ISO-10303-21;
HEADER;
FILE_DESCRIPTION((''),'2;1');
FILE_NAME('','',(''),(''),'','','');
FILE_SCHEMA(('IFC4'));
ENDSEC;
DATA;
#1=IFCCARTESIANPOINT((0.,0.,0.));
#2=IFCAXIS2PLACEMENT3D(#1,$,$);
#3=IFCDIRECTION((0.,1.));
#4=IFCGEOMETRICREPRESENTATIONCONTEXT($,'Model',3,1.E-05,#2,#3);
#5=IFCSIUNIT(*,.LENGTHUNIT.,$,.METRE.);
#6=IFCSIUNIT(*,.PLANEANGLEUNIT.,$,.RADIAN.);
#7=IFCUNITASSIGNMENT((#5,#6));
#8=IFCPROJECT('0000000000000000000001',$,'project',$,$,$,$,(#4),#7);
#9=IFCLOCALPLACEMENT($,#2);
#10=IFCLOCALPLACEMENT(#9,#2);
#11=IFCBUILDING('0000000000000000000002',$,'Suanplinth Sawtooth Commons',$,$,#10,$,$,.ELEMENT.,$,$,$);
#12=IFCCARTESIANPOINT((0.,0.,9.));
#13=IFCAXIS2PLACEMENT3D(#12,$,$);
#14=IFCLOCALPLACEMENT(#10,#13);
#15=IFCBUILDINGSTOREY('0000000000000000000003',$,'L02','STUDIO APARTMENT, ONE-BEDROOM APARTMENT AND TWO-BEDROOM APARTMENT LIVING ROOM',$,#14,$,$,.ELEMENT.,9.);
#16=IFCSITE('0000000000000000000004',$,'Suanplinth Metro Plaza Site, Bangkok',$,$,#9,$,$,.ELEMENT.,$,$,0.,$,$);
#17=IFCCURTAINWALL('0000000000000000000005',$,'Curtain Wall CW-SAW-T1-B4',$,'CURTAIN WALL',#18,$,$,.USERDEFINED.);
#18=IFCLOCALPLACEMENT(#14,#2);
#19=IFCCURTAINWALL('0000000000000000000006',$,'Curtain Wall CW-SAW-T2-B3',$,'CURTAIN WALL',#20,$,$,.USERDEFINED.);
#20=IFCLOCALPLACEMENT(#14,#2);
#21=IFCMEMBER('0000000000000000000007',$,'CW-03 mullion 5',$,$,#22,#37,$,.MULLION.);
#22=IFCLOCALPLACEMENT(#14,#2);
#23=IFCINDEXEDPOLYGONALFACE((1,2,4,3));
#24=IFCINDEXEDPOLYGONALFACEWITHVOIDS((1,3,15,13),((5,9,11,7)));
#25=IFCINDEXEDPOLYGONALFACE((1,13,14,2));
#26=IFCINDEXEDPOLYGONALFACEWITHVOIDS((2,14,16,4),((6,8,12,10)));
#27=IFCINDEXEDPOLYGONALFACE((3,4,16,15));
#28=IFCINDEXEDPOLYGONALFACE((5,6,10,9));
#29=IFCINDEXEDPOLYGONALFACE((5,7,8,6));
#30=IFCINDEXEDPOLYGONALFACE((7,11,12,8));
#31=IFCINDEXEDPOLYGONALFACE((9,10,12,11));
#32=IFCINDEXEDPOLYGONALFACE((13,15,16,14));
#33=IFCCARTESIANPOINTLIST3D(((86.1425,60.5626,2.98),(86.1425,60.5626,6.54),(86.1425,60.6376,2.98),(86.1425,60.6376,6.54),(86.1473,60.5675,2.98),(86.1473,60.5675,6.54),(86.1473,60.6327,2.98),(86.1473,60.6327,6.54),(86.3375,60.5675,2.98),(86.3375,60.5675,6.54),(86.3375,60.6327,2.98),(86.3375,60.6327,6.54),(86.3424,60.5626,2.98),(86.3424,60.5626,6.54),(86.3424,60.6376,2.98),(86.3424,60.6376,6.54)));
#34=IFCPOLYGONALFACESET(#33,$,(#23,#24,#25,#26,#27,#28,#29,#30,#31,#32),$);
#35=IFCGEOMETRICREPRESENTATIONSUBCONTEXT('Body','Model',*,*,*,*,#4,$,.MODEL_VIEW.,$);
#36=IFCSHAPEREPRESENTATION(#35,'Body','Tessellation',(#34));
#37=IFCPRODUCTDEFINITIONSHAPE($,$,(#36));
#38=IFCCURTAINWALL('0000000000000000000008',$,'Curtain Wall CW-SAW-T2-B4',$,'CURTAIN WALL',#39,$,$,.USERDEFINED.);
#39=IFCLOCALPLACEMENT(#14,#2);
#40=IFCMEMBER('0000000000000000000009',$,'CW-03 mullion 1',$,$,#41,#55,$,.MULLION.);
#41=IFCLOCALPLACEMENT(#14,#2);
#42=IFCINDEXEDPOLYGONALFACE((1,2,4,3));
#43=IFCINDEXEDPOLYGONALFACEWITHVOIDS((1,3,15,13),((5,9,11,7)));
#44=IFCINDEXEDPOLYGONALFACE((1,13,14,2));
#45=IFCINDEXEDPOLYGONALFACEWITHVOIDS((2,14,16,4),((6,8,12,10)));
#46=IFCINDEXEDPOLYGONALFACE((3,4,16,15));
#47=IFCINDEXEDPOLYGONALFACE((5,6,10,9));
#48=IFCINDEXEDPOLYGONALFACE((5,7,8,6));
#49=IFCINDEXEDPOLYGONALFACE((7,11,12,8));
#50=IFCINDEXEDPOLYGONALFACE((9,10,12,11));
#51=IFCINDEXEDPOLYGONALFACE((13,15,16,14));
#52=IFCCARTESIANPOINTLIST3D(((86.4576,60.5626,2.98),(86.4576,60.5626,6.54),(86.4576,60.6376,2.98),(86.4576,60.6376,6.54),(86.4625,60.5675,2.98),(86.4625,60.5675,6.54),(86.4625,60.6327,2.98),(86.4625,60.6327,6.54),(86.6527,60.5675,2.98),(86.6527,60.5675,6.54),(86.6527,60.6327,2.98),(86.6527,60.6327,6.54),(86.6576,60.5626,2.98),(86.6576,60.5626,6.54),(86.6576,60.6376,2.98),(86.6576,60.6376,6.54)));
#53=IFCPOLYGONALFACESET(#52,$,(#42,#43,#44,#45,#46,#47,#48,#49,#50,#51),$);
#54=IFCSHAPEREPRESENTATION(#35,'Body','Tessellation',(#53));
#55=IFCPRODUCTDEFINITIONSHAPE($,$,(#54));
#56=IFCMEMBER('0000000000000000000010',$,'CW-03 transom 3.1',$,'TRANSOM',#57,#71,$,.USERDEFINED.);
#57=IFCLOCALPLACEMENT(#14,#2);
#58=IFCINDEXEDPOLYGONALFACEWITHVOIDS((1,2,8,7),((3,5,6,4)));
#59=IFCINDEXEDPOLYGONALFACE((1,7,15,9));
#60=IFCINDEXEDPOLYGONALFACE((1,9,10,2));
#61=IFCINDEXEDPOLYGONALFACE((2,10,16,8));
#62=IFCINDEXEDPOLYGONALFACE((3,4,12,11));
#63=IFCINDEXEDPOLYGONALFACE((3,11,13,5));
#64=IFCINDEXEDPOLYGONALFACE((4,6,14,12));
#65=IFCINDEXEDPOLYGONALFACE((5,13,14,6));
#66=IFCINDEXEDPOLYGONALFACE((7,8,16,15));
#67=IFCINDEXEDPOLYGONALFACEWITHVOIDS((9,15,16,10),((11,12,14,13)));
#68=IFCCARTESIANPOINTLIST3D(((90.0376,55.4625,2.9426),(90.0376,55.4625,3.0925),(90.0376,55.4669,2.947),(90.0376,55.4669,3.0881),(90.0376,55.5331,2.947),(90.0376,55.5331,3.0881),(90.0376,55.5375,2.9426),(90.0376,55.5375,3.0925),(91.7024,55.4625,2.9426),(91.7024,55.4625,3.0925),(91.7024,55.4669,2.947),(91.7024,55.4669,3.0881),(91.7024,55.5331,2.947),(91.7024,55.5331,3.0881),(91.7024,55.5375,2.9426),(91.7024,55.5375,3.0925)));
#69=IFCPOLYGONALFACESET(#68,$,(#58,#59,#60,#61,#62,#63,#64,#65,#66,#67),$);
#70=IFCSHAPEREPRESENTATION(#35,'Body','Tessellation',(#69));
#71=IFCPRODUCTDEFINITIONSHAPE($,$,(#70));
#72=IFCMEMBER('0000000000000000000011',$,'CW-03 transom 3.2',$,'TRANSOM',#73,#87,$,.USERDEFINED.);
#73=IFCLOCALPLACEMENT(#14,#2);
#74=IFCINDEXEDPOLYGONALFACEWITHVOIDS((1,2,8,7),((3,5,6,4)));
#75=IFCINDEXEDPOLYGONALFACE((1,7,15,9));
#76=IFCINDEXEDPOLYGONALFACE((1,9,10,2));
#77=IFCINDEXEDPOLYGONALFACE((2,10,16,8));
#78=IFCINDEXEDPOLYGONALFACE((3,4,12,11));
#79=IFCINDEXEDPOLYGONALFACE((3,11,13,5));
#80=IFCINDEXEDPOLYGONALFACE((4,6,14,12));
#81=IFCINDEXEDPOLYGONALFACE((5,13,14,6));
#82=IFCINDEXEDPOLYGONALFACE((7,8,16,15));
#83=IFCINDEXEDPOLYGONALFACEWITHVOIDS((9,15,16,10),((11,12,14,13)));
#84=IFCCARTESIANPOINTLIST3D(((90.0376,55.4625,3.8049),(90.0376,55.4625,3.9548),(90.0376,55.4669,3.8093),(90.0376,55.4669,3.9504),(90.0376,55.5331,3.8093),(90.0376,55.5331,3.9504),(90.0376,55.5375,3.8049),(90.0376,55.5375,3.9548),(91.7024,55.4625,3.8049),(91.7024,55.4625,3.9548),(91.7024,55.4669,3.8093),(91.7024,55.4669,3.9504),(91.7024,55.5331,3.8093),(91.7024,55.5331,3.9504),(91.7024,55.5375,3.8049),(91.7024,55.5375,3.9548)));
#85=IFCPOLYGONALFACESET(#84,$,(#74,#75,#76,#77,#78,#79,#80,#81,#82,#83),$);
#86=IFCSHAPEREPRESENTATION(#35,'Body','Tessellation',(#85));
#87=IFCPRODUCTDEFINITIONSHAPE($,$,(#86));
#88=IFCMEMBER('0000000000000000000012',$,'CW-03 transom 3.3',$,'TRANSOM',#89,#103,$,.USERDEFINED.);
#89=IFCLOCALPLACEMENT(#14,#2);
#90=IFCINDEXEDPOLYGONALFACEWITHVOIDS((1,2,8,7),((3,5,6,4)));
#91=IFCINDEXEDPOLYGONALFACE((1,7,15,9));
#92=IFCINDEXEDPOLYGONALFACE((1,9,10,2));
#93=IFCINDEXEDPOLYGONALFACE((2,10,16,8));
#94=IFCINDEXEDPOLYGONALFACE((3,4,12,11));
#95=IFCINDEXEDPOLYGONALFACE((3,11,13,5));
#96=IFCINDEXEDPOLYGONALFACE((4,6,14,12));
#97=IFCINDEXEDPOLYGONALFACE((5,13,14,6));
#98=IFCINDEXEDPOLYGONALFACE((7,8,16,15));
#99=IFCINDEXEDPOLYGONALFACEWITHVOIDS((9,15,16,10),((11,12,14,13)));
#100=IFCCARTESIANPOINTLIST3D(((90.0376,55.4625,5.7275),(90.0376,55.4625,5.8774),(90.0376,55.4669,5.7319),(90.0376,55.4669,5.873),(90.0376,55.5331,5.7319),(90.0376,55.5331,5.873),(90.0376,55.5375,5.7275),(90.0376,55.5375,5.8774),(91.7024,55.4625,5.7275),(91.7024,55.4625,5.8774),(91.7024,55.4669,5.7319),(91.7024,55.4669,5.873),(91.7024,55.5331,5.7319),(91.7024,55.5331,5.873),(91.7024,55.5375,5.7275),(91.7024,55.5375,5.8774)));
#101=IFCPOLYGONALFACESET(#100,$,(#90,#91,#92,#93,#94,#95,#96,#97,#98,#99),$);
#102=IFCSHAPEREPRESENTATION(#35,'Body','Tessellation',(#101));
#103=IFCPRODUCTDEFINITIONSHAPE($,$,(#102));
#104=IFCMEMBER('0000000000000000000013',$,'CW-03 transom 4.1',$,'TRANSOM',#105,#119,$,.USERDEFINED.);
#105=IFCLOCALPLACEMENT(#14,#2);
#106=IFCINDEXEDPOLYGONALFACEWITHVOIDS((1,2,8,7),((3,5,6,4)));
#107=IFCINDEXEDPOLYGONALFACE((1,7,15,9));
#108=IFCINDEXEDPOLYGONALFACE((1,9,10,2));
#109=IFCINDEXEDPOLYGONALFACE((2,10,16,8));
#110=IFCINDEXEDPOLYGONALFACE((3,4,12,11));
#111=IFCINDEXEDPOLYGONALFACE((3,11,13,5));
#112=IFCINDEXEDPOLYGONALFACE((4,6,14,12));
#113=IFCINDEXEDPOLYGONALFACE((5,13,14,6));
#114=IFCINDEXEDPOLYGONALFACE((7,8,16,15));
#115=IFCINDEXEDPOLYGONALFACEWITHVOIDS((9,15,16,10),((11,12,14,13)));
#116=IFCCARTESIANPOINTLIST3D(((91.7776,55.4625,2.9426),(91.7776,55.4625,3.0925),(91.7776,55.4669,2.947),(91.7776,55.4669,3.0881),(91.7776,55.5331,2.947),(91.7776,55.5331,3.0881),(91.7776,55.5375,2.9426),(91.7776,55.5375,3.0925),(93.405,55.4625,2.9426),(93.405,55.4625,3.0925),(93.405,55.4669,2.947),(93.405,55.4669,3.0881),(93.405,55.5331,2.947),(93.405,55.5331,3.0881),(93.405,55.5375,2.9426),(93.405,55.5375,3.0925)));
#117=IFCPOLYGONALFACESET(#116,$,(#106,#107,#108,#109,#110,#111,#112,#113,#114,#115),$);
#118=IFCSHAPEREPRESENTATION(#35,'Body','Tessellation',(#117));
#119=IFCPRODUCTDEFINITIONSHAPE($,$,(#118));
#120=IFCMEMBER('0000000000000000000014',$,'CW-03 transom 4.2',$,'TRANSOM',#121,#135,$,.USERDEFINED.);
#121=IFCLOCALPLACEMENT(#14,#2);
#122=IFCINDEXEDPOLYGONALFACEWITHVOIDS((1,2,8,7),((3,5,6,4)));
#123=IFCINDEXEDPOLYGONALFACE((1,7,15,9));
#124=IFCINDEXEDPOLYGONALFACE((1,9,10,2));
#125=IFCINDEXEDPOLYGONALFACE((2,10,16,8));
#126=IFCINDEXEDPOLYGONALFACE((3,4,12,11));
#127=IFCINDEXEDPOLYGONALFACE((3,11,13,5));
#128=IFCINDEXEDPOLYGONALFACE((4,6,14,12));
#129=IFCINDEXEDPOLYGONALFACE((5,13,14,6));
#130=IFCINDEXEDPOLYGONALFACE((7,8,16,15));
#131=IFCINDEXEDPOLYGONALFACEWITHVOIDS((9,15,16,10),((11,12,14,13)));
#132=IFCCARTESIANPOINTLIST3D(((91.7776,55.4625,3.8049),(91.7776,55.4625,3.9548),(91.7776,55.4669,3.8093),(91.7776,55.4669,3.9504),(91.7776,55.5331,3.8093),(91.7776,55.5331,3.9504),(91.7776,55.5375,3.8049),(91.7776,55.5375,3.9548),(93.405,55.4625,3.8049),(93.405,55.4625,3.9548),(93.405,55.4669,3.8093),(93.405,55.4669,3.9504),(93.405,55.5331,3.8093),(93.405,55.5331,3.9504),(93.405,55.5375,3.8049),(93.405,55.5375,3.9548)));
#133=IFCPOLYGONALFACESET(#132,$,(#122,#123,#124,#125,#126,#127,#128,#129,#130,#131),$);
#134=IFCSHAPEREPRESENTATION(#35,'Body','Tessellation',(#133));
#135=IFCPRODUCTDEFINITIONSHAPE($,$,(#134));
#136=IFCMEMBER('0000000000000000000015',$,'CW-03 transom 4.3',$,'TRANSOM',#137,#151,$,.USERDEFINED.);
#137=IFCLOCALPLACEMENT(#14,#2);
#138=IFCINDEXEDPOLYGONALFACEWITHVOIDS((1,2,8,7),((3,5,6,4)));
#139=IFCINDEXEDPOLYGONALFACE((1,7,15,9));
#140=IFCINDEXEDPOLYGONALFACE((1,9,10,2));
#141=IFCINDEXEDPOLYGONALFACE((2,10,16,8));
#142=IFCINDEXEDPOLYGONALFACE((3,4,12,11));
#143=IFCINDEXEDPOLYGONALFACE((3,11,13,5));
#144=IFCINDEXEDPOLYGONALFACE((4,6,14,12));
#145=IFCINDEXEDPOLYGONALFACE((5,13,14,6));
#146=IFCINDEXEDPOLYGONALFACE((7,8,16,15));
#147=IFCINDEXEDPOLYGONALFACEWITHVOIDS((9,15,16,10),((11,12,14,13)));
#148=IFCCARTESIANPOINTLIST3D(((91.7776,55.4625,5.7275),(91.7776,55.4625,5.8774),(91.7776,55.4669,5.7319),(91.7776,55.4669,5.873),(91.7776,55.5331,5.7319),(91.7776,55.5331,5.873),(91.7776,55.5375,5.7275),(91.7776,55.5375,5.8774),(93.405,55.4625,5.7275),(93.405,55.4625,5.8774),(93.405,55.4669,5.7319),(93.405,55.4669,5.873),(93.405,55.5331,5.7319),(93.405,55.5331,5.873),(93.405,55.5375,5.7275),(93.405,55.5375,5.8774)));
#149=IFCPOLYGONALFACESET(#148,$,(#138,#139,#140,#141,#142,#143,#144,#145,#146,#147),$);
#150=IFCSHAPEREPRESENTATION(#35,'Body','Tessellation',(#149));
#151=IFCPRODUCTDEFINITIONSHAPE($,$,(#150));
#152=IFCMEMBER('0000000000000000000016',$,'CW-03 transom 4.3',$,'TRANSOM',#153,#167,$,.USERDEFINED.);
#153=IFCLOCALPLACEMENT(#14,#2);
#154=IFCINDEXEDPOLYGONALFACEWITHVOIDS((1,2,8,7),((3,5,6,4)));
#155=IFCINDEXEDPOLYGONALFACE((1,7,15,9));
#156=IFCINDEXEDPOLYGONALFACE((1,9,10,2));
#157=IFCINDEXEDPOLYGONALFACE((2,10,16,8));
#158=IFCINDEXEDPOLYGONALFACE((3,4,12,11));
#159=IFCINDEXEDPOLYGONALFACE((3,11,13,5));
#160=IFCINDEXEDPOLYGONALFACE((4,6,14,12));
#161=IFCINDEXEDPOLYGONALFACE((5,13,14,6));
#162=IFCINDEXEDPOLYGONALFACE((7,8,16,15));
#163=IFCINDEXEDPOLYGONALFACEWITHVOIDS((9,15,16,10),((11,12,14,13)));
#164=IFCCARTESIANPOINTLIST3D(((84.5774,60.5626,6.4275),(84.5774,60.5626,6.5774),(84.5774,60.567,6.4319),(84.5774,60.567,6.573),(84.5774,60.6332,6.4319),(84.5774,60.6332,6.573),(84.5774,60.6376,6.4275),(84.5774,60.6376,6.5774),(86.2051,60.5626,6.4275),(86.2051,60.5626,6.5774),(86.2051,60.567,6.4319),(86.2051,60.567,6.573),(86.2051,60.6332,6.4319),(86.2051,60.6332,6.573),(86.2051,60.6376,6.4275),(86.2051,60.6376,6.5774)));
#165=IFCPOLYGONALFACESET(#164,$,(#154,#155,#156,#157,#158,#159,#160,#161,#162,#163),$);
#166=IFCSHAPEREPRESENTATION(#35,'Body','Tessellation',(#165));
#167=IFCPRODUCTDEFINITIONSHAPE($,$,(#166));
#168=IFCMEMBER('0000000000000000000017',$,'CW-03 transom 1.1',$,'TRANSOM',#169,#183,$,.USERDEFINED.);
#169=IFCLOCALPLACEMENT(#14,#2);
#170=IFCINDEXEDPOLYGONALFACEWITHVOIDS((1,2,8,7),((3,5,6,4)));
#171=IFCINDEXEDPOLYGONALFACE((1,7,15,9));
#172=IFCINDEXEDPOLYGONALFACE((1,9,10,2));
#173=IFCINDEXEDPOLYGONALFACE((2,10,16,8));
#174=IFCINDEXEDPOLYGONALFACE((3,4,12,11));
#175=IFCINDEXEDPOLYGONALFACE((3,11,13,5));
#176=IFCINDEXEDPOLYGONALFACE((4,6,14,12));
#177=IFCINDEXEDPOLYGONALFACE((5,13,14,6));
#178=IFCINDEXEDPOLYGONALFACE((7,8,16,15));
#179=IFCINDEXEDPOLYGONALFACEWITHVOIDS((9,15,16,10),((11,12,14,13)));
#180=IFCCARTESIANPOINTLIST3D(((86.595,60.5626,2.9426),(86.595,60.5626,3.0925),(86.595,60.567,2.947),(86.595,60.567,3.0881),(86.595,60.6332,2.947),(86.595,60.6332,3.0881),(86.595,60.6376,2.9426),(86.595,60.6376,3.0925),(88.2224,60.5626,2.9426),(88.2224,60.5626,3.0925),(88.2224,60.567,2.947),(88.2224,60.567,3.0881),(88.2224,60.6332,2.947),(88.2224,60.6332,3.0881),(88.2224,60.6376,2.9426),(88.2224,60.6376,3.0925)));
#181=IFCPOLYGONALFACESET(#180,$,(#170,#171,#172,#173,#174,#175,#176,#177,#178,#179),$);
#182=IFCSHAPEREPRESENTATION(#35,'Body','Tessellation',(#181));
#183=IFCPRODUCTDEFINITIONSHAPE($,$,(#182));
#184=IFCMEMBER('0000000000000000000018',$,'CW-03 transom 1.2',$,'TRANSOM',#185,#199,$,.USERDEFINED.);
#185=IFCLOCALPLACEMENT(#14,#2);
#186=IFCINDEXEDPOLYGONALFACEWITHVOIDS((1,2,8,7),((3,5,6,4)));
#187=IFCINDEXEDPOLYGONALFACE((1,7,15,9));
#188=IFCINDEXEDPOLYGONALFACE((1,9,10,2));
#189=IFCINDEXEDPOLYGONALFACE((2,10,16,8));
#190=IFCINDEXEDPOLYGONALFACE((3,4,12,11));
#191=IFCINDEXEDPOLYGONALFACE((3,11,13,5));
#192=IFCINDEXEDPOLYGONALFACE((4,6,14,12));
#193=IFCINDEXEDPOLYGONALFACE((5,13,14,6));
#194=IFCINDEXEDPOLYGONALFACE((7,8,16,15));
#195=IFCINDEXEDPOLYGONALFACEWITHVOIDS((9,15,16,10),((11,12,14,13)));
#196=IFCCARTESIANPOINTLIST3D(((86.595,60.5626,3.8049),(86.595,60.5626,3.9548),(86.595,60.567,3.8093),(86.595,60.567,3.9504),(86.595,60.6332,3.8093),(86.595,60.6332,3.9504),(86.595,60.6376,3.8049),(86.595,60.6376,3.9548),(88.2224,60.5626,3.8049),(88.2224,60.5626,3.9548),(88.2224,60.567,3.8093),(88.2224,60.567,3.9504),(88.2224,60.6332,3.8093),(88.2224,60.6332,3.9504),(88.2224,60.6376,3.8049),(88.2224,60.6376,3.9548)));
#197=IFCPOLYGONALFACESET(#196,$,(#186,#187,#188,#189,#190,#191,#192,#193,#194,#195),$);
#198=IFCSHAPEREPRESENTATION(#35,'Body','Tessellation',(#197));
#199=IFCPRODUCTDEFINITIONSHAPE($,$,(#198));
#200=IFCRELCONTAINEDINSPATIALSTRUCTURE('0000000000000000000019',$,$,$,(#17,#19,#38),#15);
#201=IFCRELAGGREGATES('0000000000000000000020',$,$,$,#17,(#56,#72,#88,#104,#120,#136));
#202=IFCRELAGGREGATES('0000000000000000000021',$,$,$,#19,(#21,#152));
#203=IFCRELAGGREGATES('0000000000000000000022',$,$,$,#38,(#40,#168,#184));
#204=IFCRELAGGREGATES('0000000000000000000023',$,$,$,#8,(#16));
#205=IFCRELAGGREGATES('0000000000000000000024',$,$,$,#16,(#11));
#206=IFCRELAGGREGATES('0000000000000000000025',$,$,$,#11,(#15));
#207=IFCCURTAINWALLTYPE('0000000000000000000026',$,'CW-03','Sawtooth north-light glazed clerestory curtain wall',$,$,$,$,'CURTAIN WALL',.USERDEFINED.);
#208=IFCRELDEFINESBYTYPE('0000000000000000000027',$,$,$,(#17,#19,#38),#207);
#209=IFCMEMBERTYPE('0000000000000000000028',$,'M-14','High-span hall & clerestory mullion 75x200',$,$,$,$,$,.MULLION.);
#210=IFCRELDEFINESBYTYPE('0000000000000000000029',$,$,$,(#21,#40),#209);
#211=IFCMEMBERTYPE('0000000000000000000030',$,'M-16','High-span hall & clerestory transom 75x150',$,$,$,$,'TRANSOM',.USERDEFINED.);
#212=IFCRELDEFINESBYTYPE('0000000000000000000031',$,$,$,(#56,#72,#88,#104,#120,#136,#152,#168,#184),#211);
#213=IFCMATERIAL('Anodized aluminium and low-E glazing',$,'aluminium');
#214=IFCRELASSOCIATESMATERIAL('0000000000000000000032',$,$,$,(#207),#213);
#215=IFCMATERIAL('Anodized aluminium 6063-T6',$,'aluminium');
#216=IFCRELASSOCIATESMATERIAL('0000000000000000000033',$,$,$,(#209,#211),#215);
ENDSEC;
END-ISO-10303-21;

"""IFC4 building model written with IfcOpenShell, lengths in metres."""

from ifc_helpers import new_model, si_unit, direction, frame, origin, origin_2d, place, context, subcontext, project, spatial, hollow_rectangle, extrude, material, material_profile, profile_set, type_object, element, aggregate, save


model = new_model("IFC4")

# Units and contexts
model_context = context("Model", 3, precision=1e-05, world=origin(), true_north=direction((0.0, 1.0)))
body_context = subcontext(model_context, "Body", "Model", "MODEL_VIEW")
ifc_project = project(units=[si_unit("LENGTHUNIT", "METRE"), si_unit("PLANEANGLEUNIT", "RADIAN")], contexts=[model_context])

# Site, building, storey
site_placement = place(None, origin())
site = spatial("IfcSite", under=ifc_project, at=site_placement, Name="Suanplinth Metro Plaza Site, Bangkok", CompositionType="ELEMENT", RefElevation=0.0)
building_placement = place(site_placement, origin())
building = spatial("IfcBuilding", under=site, at=building_placement, Name="Suanplinth Sawtooth Commons", CompositionType="ELEMENT")
storey_placement = place(building_placement, frame((0.0, 0.0, 9.0)))
storey = spatial("IfcBuildingStorey", under=building, at=storey_placement, Name="L02", Description="STUDIO APARTMENT, ONE-BEDROOM APARTMENT AND TWO-BEDROOM APARTMENT LIVING ROOM", CompositionType="ELEMENT", Elevation=9.0)

# Curtain walls, members
ifc_material_1 = material(Name="Anodized aluminium and low-E glazing", Category="aluminium")
curtain_wall_type = type_object("IfcCurtainWallType", Name="CW-03", Description="Sawtooth north-light glazed clerestory curtain wall", ElementType="CURTAIN WALL", PredefinedType="USERDEFINED", material=ifc_material_1)
curtain_wall_1_placement = place(storey_placement, origin())
curtain_wall_1 = element("IfcCurtainWall", 1, at=curtain_wall_1_placement, inside=storey, type_object=curtain_wall_type, Name="Curtain Wall CW-SAW-T1-B4", ObjectType="CURTAIN WALL", PredefinedType="USERDEFINED")
ifc_material_2 = material(Name="Anodized aluminium 6063-T6", Category="aluminium")
ifc_material_profile_1 = material_profile(ifc_material_2, hollow_rectangle(XDim=0.075, YDim=0.2, WallThickness=0.0049, at=origin_2d()), Name="ALU-MUL 75x200")
ifc_profile_set_1 = profile_set([ifc_material_profile_1], Name="Anodized aluminium 6063-T6")
member_type_1 = type_object("IfcMemberType", Name="M-14", Description="High-span hall & clerestory mullion 75x200", PredefinedType="MULLION", material=ifc_profile_set_1)
curtain_wall_2_placement = place(storey_placement, origin())
curtain_wall_2 = element("IfcCurtainWall", 2, at=curtain_wall_2_placement, inside=storey, type_object=curtain_wall_type, Name="Curtain Wall CW-SAW-T2-B3", ObjectType="CURTAIN WALL", PredefinedType="USERDEFINED")
member_1_placement = place(storey_placement, frame((86.2424, 60.6001, 2.98), z_axis=(0.0, 0.0, 1.0), x_axis=(0.0, 1.0, 0.0)))
member_1 = element("IfcMember", 3, at=member_1_placement, type_object=member_type_1, Name="CW-03 mullion 5", PredefinedType="MULLION", context=body_context, shape_type="SweptSolid", body=[
    extrude(hollow_rectangle(XDim=0.075, YDim=0.2, WallThickness=0.0049, at=origin_2d()), origin(), (0.0, 0.0, 1.0), 3.5601),
])
curtain_wall_3_placement = place(storey_placement, origin())
curtain_wall_3 = element("IfcCurtainWall", 4, at=curtain_wall_3_placement, inside=storey, type_object=curtain_wall_type, Name="Curtain Wall CW-SAW-T2-B4", ObjectType="CURTAIN WALL", PredefinedType="USERDEFINED")
member_2_placement = place(storey_placement, frame((86.5576, 60.6001, 2.98), z_axis=(0.0, 0.0, 1.0), x_axis=(0.0, 1.0, 0.0)))
member_2 = element("IfcMember", 5, at=member_2_placement, type_object=member_type_1, Name="CW-03 mullion 1", PredefinedType="MULLION", context=body_context, shape_type="SweptSolid", body=[
    extrude(hollow_rectangle(XDim=0.075, YDim=0.2, WallThickness=0.0049, at=origin_2d()), origin(), (0.0, 0.0, 1.0), 3.5601),
])

# Members
ifc_material_profile_2 = material_profile(ifc_material_2, hollow_rectangle(XDim=0.075, YDim=0.1499, WallThickness=0.0044, at=origin_2d()), Name="ALU-TRN 75x150")
ifc_profile_set_2 = profile_set([ifc_material_profile_2], Name="Anodized aluminium 6063-T6")
member_type_2 = type_object("IfcMemberType", Name="M-16", Description="High-span hall & clerestory transom 75x150", ElementType="TRANSOM", PredefinedType="USERDEFINED", material=ifc_profile_set_2)
member_3_placement = place(storey_placement, frame((90.0376, 55.5, 3.0176), z_axis=(1.0, 0.0, 0.0), x_axis=(0.0, 1.0, 0.0)))
member_3 = element("IfcMember", 6, at=member_3_placement, type_object=member_type_2, Name="CW-03 transom 3.1", ObjectType="TRANSOM", PredefinedType="USERDEFINED", context=body_context, shape_type="SweptSolid", body=[
    extrude(hollow_rectangle(XDim=0.075, YDim=0.1499, WallThickness=0.0044, at=origin_2d()), origin(), (0.0, 0.0, 1.0), 1.6648),
])
member_4_placement = place(storey_placement, frame((90.0376, 55.5, 3.8799), z_axis=(1.0, 0.0, 0.0), x_axis=(0.0, 1.0, 0.0)))
member_4 = element("IfcMember", 7, at=member_4_placement, type_object=member_type_2, Name="CW-03 transom 3.2", ObjectType="TRANSOM", PredefinedType="USERDEFINED", context=body_context, shape_type="SweptSolid", body=[
    extrude(hollow_rectangle(XDim=0.075, YDim=0.1499, WallThickness=0.0044, at=origin_2d()), origin(), (0.0, 0.0, 1.0), 1.6648),
])
member_5_placement = place(storey_placement, frame((90.0376, 55.5, 5.8025), z_axis=(1.0, 0.0, 0.0), x_axis=(0.0, 1.0, 0.0)))
member_5 = element("IfcMember", 8, at=member_5_placement, type_object=member_type_2, Name="CW-03 transom 3.3", ObjectType="TRANSOM", PredefinedType="USERDEFINED", context=body_context, shape_type="SweptSolid", body=[
    extrude(hollow_rectangle(XDim=0.075, YDim=0.1499, WallThickness=0.0044, at=origin_2d()), origin(), (0.0, 0.0, 1.0), 1.6648),
])
member_6_placement = place(storey_placement, frame((91.7776, 55.5, 3.0176), z_axis=(1.0, 0.0, 0.0), x_axis=(0.0, 1.0, 0.0)))
member_6 = element("IfcMember", 9, at=member_6_placement, type_object=member_type_2, Name="CW-03 transom 4.1", ObjectType="TRANSOM", PredefinedType="USERDEFINED", context=body_context, shape_type="SweptSolid", body=[
    extrude(hollow_rectangle(XDim=0.075, YDim=0.1499, WallThickness=0.0044, at=origin_2d()), origin(), (0.0, 0.0, 1.0), 1.6274),
])
member_7_placement = place(storey_placement, frame((91.7776, 55.5, 3.8799), z_axis=(1.0, 0.0, 0.0), x_axis=(0.0, 1.0, 0.0)))
member_7 = element("IfcMember", 10, at=member_7_placement, type_object=member_type_2, Name="CW-03 transom 4.2", ObjectType="TRANSOM", PredefinedType="USERDEFINED", context=body_context, shape_type="SweptSolid", body=[
    extrude(hollow_rectangle(XDim=0.075, YDim=0.1499, WallThickness=0.0044, at=origin_2d()), origin(), (0.0, 0.0, 1.0), 1.6274),
])
member_8_placement = place(storey_placement, frame((91.7776, 55.5, 5.8025), z_axis=(1.0, 0.0, 0.0), x_axis=(0.0, 1.0, 0.0)))
member_8 = element("IfcMember", 11, at=member_8_placement, type_object=member_type_2, Name="CW-03 transom 4.3", ObjectType="TRANSOM", PredefinedType="USERDEFINED", context=body_context, shape_type="SweptSolid", body=[
    extrude(hollow_rectangle(XDim=0.075, YDim=0.1499, WallThickness=0.0044, at=origin_2d()), origin(), (0.0, 0.0, 1.0), 1.6274),
])
member_9_placement = place(storey_placement, frame((84.5774, 60.6001, 6.5024), z_axis=(1.0, 0.0, 0.0), x_axis=(0.0, 1.0, 0.0)))
member_9 = element("IfcMember", 12, at=member_9_placement, type_object=member_type_2, Name="CW-03 transom 4.3", ObjectType="TRANSOM", PredefinedType="USERDEFINED", context=body_context, shape_type="SweptSolid", body=[
    extrude(hollow_rectangle(XDim=0.075, YDim=0.1499, WallThickness=0.0044, at=origin_2d()), origin(), (0.0, 0.0, 1.0), 1.6277),
])
member_10_placement = place(storey_placement, frame((86.595, 60.6001, 3.0176), z_axis=(1.0, 0.0, 0.0), x_axis=(0.0, 1.0, 0.0)))
member_10 = element("IfcMember", 13, at=member_10_placement, type_object=member_type_2, Name="CW-03 transom 1.1", ObjectType="TRANSOM", PredefinedType="USERDEFINED", context=body_context, shape_type="SweptSolid", body=[
    extrude(hollow_rectangle(XDim=0.075, YDim=0.1499, WallThickness=0.0044, at=origin_2d()), origin(), (0.0, 0.0, 1.0), 1.6274),
])
member_11_placement = place(storey_placement, frame((86.595, 60.6001, 3.8799), z_axis=(1.0, 0.0, 0.0), x_axis=(0.0, 1.0, 0.0)))
member_11 = element("IfcMember", 14, at=member_11_placement, type_object=member_type_2, Name="CW-03 transom 1.2", ObjectType="TRANSOM", PredefinedType="USERDEFINED", context=body_context, shape_type="SweptSolid", body=[
    extrude(hollow_rectangle(XDim=0.075, YDim=0.1499, WallThickness=0.0044, at=origin_2d()), origin(), (0.0, 0.0, 1.0), 1.6274),
])

aggregate(curtain_wall_1, [member_3, member_4, member_5, member_6, member_7, member_8])
aggregate(curtain_wall_2, [member_1, member_9])
aggregate(curtain_wall_3, [member_2, member_10, member_11])

save(model, "model.ifc")
